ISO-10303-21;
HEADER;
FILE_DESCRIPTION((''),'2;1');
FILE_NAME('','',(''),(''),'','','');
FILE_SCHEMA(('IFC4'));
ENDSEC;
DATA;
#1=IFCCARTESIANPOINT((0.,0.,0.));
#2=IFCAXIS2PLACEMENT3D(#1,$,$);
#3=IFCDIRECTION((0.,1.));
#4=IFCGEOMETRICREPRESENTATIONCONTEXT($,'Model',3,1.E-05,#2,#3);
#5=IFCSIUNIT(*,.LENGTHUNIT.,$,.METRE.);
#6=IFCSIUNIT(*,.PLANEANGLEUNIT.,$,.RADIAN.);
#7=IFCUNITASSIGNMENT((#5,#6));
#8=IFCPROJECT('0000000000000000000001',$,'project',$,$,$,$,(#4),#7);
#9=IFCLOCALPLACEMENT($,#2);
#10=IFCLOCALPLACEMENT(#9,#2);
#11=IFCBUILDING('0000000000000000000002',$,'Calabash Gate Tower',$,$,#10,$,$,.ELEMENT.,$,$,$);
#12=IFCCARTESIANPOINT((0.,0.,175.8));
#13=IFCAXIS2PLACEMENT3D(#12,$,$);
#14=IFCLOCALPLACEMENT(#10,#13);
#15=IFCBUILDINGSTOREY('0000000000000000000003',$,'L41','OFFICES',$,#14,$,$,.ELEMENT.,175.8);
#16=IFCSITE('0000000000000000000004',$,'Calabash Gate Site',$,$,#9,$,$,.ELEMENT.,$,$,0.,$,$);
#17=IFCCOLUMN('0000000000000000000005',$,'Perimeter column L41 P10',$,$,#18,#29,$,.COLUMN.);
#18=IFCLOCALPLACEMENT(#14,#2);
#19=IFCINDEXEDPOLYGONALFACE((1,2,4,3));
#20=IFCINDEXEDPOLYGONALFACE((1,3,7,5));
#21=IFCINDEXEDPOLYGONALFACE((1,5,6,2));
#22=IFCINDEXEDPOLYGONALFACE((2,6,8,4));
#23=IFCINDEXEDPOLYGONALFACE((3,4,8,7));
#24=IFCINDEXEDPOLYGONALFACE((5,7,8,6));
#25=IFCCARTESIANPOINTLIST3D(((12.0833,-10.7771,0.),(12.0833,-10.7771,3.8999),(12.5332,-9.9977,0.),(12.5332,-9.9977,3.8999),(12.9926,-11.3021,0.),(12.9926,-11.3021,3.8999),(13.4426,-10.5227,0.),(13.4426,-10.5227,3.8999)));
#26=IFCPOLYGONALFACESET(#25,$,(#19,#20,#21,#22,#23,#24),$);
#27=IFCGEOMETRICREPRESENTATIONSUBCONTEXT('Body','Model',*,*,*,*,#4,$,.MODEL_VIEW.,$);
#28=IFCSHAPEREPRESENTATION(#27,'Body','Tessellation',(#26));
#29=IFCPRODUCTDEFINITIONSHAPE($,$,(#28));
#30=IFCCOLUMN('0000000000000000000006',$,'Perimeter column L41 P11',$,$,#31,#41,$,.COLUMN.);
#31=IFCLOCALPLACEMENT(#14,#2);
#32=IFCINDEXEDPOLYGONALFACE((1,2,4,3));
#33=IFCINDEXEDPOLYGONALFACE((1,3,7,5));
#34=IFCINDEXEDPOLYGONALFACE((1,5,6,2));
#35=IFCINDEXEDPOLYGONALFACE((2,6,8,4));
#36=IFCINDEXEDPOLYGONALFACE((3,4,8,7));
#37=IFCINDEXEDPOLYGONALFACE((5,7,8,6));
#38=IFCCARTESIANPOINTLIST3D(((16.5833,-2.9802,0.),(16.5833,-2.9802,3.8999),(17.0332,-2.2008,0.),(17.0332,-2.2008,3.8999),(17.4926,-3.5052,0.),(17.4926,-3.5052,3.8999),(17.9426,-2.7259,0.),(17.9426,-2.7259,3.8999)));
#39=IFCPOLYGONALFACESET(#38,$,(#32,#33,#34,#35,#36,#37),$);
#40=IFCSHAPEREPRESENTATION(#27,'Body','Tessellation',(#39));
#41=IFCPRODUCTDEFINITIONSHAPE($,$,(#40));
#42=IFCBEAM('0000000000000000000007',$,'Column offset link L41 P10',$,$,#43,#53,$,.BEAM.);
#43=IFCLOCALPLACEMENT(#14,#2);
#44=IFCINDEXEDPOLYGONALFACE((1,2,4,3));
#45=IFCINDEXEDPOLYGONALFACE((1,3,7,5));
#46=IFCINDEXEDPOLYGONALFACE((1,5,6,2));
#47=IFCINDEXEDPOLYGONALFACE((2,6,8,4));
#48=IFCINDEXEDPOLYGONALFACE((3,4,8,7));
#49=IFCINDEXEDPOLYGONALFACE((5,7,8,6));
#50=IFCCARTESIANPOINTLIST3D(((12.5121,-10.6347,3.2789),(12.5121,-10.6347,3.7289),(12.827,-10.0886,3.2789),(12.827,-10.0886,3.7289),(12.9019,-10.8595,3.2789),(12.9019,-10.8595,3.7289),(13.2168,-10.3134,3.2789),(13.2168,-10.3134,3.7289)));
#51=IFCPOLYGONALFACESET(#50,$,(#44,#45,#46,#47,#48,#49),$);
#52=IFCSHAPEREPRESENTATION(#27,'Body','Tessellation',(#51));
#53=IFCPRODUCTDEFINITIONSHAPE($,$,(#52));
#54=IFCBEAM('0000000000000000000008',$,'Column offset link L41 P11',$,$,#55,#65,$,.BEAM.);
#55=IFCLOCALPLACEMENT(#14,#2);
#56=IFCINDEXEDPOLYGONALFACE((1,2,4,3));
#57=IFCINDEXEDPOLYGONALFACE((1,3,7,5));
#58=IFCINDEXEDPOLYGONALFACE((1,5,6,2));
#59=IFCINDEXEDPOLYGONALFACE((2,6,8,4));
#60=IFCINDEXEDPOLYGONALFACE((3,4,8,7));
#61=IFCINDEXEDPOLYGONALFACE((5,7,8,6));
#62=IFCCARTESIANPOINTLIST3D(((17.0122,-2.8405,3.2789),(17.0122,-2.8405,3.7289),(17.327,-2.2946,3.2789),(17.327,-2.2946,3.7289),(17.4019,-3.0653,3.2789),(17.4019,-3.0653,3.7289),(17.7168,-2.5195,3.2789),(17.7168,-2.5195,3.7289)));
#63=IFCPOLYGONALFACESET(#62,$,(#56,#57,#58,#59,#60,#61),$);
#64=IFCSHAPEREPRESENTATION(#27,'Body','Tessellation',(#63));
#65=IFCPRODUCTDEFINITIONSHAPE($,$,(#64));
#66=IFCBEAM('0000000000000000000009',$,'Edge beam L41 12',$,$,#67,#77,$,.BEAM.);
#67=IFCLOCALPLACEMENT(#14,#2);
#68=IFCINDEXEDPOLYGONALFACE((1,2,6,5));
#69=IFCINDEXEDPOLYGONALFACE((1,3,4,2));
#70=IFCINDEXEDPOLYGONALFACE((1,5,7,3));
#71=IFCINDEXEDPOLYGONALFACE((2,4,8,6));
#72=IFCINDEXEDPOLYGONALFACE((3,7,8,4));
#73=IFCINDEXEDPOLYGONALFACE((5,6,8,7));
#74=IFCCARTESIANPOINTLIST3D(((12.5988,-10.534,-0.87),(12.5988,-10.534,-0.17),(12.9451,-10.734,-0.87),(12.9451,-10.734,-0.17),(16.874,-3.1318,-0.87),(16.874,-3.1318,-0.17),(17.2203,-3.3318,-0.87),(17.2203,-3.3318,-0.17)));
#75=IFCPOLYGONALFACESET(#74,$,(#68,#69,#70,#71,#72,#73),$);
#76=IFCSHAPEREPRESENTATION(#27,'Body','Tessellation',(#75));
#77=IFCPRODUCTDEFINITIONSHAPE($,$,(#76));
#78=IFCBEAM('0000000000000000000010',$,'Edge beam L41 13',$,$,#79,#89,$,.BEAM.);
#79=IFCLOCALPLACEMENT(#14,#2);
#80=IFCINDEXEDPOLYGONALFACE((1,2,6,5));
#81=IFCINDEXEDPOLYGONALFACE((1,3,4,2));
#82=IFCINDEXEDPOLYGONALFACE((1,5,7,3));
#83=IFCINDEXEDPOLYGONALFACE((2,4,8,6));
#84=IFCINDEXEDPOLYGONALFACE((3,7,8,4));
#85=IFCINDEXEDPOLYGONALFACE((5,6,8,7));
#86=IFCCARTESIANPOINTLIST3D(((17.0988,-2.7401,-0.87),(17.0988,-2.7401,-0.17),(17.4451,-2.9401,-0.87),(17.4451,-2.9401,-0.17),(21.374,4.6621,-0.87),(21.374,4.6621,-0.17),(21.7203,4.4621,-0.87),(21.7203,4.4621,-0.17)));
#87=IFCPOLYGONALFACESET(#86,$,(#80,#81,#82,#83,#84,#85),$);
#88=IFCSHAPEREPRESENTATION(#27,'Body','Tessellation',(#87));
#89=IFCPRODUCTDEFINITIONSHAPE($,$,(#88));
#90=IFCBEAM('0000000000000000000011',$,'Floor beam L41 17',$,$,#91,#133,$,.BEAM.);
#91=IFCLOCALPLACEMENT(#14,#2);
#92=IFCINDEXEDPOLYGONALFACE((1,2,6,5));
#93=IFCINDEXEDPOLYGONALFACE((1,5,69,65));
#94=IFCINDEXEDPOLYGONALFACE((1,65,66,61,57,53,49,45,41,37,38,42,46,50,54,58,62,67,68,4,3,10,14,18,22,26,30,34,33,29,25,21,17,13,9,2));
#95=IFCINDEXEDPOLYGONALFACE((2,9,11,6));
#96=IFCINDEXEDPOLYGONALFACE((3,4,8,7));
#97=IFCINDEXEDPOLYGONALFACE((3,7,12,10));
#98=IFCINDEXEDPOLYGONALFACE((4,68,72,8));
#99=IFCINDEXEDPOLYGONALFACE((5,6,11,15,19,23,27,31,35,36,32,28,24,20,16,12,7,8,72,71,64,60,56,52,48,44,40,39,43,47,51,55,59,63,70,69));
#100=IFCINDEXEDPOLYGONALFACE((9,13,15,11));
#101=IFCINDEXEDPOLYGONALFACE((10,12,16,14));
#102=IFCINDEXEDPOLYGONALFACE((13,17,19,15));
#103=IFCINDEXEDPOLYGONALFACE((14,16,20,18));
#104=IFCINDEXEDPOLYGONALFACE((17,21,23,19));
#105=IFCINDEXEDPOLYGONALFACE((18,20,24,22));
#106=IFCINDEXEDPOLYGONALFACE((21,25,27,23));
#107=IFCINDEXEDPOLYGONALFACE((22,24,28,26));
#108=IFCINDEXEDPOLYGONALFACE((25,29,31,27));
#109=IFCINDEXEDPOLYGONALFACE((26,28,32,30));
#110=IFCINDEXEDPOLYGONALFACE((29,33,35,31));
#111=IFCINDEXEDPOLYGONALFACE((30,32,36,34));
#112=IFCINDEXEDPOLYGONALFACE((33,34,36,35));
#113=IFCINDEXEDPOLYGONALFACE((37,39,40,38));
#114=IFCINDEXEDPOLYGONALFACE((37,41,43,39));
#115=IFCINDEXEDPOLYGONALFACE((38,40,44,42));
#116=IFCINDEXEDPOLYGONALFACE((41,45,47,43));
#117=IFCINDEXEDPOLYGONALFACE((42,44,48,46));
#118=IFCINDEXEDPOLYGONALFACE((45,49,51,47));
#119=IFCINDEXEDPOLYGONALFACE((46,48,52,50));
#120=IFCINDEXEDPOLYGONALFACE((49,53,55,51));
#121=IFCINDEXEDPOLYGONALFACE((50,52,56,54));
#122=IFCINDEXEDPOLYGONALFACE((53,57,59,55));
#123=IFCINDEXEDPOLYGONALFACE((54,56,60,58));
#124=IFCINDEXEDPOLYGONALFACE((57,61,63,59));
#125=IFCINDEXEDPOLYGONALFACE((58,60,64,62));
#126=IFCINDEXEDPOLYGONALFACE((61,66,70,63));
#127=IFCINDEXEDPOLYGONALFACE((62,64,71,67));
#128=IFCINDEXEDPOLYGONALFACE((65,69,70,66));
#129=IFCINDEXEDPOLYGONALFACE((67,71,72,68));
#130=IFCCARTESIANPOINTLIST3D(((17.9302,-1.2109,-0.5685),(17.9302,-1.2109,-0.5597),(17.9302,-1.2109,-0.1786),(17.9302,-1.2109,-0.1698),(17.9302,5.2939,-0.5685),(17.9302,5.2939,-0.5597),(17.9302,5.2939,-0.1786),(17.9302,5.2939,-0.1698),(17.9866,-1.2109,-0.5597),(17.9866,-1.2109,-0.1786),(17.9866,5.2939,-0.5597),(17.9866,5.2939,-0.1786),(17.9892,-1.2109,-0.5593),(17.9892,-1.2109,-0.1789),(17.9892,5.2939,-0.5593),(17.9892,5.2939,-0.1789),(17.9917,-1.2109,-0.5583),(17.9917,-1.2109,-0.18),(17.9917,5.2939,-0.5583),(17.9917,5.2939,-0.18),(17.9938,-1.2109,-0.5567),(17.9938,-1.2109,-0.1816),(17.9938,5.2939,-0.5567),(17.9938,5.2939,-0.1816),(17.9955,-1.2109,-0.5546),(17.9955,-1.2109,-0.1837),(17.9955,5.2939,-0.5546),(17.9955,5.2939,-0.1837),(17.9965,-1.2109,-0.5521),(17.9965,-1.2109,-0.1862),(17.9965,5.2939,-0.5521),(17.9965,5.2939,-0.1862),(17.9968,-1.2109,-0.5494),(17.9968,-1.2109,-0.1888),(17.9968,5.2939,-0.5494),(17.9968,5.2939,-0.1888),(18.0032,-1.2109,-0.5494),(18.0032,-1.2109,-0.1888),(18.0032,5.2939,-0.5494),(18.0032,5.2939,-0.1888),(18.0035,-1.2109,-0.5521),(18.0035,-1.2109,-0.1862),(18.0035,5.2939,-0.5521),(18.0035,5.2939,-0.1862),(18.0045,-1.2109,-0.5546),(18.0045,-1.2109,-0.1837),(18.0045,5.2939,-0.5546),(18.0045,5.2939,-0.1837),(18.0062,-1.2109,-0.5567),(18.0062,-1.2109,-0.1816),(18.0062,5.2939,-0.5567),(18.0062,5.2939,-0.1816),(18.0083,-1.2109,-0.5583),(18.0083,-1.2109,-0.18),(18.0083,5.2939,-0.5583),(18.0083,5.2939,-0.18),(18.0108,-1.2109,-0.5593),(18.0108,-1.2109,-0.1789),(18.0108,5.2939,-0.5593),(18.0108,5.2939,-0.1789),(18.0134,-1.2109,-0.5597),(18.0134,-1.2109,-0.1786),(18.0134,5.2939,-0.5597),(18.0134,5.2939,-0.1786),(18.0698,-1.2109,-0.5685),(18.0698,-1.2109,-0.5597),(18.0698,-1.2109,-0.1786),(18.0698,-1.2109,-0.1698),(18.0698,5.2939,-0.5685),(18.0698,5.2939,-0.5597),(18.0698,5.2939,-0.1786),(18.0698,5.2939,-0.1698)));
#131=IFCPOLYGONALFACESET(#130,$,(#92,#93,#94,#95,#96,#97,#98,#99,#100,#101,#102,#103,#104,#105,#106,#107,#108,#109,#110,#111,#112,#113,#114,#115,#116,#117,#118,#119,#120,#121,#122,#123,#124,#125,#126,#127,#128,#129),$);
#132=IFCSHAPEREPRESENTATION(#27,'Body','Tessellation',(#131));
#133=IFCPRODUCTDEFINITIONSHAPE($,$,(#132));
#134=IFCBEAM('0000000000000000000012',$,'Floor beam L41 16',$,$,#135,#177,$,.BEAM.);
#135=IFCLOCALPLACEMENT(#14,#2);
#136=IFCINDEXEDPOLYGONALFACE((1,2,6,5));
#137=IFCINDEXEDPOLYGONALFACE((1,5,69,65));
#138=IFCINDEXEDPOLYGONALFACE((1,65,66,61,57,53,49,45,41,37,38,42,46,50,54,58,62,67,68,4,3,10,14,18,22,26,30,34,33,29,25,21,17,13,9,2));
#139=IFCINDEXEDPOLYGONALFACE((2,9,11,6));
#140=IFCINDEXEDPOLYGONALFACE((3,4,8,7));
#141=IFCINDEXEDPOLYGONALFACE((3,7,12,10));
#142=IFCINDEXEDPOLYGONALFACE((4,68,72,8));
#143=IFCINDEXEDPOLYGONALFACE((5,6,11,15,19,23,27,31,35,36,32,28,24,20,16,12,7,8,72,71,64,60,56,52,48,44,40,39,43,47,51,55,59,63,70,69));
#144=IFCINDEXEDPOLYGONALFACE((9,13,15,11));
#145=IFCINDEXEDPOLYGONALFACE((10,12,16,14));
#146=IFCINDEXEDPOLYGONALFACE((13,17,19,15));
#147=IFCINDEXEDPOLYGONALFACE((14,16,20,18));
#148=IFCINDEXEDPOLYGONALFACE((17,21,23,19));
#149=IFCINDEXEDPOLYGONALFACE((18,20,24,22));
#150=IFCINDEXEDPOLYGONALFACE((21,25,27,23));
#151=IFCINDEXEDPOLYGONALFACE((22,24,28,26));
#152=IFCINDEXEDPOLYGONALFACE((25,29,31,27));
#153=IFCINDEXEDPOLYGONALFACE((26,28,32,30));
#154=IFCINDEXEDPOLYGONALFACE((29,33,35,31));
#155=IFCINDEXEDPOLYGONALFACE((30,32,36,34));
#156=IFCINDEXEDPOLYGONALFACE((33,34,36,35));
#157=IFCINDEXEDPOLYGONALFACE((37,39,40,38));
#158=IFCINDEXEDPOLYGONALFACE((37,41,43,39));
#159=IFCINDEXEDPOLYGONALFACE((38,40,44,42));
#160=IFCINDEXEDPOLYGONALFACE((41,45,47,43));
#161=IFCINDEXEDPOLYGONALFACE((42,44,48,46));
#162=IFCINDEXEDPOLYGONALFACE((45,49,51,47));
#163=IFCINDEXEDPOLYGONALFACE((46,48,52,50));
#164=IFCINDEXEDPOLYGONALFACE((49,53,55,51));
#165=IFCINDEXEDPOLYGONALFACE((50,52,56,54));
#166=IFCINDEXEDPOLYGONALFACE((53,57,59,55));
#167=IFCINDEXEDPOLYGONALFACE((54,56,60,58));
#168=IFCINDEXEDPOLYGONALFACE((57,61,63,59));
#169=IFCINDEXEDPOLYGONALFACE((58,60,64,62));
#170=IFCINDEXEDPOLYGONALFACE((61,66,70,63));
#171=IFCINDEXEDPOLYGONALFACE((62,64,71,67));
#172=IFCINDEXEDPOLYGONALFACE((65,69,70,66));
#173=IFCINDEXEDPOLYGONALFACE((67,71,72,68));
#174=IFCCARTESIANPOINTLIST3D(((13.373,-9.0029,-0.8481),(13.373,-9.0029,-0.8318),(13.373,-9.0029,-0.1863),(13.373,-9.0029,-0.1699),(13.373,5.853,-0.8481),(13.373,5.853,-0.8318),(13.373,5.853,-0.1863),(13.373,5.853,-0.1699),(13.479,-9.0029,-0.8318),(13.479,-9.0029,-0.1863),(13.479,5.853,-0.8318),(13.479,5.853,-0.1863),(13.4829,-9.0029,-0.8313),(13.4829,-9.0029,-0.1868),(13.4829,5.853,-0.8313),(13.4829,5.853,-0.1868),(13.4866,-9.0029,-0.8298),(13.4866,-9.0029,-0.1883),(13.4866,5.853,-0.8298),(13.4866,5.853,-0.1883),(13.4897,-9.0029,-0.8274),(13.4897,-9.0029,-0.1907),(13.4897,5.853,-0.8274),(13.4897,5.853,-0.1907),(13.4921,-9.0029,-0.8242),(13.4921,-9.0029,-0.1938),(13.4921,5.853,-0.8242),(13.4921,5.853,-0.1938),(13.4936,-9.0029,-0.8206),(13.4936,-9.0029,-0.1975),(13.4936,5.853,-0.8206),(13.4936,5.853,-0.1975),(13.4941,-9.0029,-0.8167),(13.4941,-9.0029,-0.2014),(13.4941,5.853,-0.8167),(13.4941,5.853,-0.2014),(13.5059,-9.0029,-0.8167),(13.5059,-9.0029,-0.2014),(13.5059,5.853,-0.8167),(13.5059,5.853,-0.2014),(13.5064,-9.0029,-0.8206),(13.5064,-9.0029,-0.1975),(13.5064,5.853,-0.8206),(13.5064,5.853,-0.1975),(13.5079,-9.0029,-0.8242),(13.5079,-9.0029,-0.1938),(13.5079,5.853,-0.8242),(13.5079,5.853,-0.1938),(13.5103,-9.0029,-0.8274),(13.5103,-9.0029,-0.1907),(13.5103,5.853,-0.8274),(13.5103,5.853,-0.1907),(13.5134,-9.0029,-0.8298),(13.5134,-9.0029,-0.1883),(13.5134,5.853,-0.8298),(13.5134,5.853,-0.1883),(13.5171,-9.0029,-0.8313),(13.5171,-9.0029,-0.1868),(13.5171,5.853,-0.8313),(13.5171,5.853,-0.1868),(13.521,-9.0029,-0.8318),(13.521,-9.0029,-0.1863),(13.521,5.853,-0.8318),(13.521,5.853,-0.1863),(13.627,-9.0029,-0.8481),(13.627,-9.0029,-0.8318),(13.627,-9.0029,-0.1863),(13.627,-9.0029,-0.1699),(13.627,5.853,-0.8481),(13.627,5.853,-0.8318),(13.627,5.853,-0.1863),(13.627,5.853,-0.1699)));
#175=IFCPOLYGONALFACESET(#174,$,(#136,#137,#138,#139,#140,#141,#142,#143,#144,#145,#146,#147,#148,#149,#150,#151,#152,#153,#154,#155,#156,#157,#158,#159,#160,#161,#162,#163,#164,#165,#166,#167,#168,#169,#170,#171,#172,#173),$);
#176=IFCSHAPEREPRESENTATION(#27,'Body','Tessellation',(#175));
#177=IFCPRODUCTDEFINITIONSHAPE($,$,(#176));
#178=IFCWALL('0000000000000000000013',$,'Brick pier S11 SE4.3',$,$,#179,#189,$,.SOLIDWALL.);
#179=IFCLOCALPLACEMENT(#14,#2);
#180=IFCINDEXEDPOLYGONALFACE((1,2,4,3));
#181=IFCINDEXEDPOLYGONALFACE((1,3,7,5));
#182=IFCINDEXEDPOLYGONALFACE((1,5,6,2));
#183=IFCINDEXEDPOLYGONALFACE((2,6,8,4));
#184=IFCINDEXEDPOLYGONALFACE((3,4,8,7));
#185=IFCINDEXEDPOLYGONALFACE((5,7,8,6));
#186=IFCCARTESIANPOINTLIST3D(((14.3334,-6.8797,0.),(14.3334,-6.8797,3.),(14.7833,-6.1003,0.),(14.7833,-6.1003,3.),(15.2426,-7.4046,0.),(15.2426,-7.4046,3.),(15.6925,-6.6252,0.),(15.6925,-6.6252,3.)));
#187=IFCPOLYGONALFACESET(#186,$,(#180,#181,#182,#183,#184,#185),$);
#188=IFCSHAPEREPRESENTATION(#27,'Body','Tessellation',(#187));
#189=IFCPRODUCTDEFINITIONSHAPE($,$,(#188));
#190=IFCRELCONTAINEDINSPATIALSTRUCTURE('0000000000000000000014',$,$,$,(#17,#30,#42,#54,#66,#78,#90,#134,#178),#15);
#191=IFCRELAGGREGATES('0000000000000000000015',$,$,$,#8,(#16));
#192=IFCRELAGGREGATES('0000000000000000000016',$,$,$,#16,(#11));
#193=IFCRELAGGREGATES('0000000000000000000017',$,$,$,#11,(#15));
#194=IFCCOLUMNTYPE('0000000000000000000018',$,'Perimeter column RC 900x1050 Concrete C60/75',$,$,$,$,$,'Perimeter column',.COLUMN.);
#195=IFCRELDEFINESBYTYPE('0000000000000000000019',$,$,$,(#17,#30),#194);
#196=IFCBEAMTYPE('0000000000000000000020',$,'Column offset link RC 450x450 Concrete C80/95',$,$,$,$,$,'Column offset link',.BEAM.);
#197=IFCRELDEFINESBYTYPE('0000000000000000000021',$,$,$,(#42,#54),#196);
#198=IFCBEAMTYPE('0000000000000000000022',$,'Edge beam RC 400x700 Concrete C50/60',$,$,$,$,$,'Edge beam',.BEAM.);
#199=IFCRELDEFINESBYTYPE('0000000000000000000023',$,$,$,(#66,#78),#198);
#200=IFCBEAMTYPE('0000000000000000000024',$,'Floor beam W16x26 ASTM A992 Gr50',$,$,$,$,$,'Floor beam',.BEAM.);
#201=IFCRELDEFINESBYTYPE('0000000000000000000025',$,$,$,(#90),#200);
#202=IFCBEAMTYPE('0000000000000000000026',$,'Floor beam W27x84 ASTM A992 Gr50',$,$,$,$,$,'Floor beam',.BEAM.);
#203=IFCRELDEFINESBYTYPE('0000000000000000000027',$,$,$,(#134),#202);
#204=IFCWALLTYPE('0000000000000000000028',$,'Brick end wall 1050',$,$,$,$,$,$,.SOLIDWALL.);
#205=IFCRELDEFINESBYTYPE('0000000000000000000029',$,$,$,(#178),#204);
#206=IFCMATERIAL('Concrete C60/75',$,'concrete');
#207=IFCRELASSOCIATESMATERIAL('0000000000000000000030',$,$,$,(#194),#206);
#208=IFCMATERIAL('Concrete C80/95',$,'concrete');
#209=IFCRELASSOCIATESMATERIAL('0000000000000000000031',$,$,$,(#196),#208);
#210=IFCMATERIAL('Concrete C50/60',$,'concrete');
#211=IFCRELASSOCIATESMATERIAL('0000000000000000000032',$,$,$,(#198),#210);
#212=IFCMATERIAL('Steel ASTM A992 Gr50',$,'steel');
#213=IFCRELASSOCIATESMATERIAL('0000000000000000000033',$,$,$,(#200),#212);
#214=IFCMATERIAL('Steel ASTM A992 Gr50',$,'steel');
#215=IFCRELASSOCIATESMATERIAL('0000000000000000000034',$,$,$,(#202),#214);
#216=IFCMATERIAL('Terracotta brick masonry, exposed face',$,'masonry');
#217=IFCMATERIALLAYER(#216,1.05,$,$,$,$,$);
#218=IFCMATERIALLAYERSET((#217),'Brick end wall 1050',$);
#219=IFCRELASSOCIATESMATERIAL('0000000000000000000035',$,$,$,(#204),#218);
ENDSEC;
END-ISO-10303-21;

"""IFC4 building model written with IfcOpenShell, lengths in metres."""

from ifc_helpers import new_model, si_unit, direction, frame, frame_2d, origin, origin_2d, place, context, subcontext, project, spatial, rectangle, i_section, extrude, material, layer, layer_set, material_profile, profile_set, type_object, element, save


model = new_model("IFC4")

# Units and contexts
model_context = context("Model", 3, precision=1e-05, world=origin(), true_north=direction((0.0, 1.0)))
body_context = subcontext(model_context, "Body", "Model", "MODEL_VIEW")
ifc_project = project(units=[si_unit("LENGTHUNIT", "METRE"), si_unit("PLANEANGLEUNIT", "RADIAN")], contexts=[model_context])

# Site, building, storey
site_placement = place(None, origin())
site = spatial("IfcSite", under=ifc_project, at=site_placement, Name="Calabash Gate Site", CompositionType="ELEMENT", RefElevation=0.0)
building_placement = place(site_placement, origin())
building = spatial("IfcBuilding", under=site, at=building_placement, Name="Calabash Gate Tower", CompositionType="ELEMENT")
storey_placement = place(building_placement, frame((0.0, 0.0, 175.8)))
storey = spatial("IfcBuildingStorey", under=building, at=storey_placement, Name="L41", Description="OFFICES", CompositionType="ELEMENT", Elevation=175.8)

# Columns
ifc_material_1 = material(Name="Concrete C60/75", Category="concrete")
ifc_material_profile_1 = material_profile(ifc_material_1, rectangle(XDim=0.8999, YDim=1.05, at=origin_2d()))
ifc_profile_set_1 = profile_set([ifc_material_profile_1], Name="Concrete C60/75")
column_type = type_object("IfcColumnType", Name="Perimeter column RC 900x1050 Concrete C60/75", ElementType="Perimeter column", PredefinedType="COLUMN", material=ifc_profile_set_1)
for number, where, z_axis, x_axis, name in (
    (1, (12.7629, -10.6499, 0.0), (0.0, 0.0, 1.0), (0.5, 0.866025, 0.0), "Perimeter column L41 P10"),
    (2, (17.2629, -2.853, 0.0), (0.0, 0.0, 1.0), (0.5, 0.866025, 0.0), "Perimeter column L41 P11"),
):
    element("IfcColumn", number, at=place(storey_placement, frame(where, z_axis=z_axis, x_axis=x_axis)), inside=storey, type_object=column_type, Name=name, PredefinedType="COLUMN", context=body_context, shape_type="SweptSolid", body=[
        extrude(rectangle(XDim=0.8999, YDim=1.05, at=origin_2d()), origin(), (0.0, 0.0, 1.0), 3.8999),
    ])

# Beams
ifc_material_2 = material(Name="Concrete C80/95", Category="concrete")
ifc_material_profile_2 = material_profile(ifc_material_2, rectangle(XDim=0.45, YDim=0.45, at=origin_2d()))
ifc_profile_set_2 = profile_set([ifc_material_profile_2], Name="Concrete C80/95")
beam_type_1 = type_object("IfcBeamType", Name="Column offset link RC 450x450 Concrete C80/95", ElementType="Column offset link", PredefinedType="BEAM", material=ifc_profile_set_2)
beam_1_placement = place(storey_placement, frame((12.707, -10.7471, 3.5039), z_axis=(0.499555, 0.866282, 0.0), x_axis=(-0.866282, 0.499555, 0.0)))
element("IfcBeam", 3, at=beam_1_placement, inside=storey, type_object=beam_type_1, Name="Column offset link L41 P10", PredefinedType="BEAM", context=body_context, shape_type="SweptSolid", body=[
    extrude(rectangle(XDim=0.45, YDim=0.45, at=origin_2d()), origin(), (0.0, 0.0, 1.0), 0.6304),
])
beam_2_placement = place(storey_placement, frame((17.207, -2.9529, 3.5039), z_axis=(0.499722, 0.866186, 0.0), x_axis=(-0.866186, 0.499722, 0.0)))
element("IfcBeam", 4, at=beam_2_placement, inside=storey, type_object=beam_type_1, Name="Column offset link L41 P11", PredefinedType="BEAM", context=body_context, shape_type="SweptSolid", body=[
    extrude(rectangle(XDim=0.45, YDim=0.45, at=origin_2d()), origin(), (0.0, 0.0, 1.0), 0.6301),
])
ifc_material_3 = material(Name="Concrete C50/60", Category="concrete")
ifc_material_profile_3 = material_profile(ifc_material_3, rectangle(XDim=0.3999, YDim=0.7, at=origin_2d()))
ifc_profile_set_3 = profile_set([ifc_material_profile_3], Name="Concrete C50/60")
beam_type_2 = type_object("IfcBeamType", Name="Edge beam RC 400x700 Concrete C50/60", ElementType="Edge beam", PredefinedType="BEAM", material=ifc_profile_set_3)
for number, where, z_axis, x_axis, name in (
    (5, (12.772, -10.634, -0.52), (0.500135, 0.865947, 0.0), (-0.865947, 0.500135, 0.0), "Edge beam L41 12"),
    (6, (17.272, -2.8401, -0.52), (0.500135, 0.865947, 0.0), (-0.865947, 0.500135, 0.0), "Edge beam L41 13"),
):
    element("IfcBeam", number, at=place(storey_placement, frame(where, z_axis=z_axis, x_axis=x_axis)), inside=storey, type_object=beam_type_2, Name=name, PredefinedType="BEAM", context=body_context, shape_type="SweptSolid", body=[
        extrude(rectangle(XDim=0.3999, YDim=0.7, at=origin_2d()), origin(), (0.0, 0.0, 1.0), 8.5481),
    ])
ifc_material_4 = material(Name="Steel ASTM A992 Gr50", Category="steel")
ifc_material_profile_4 = material_profile(ifc_material_4, i_section(OverallWidth=0.1396, OverallDepth=0.3987, WebThickness=0.0063, FlangeThickness=0.0088, FilletRadius=0.0103, at=origin_2d()))
ifc_profile_set_4 = profile_set([ifc_material_profile_4], Name="Steel ASTM A992 Gr50")
beam_type_3 = type_object("IfcBeamType", Name="Floor beam W16x26 ASTM A992 Gr50", ElementType="Floor beam", PredefinedType="BEAM", material=ifc_profile_set_4)
beam_3_placement = place(storey_placement, frame((18.0, -1.2109, -0.3691), z_axis=(0.0, 1.0, 0.0), x_axis=(-1.0, 0.0, 0.0)))
element("IfcBeam", 7, at=beam_3_placement, inside=storey, type_object=beam_type_3, Name="Floor beam L41 17", PredefinedType="BEAM", context=body_context, shape_type="SweptSolid", body=[
    extrude(i_section(OverallWidth=0.1396, OverallDepth=0.3987, WebThickness=0.0063, FlangeThickness=0.0088, FilletRadius=0.0103, at=origin_2d()), origin(), (0.0, 0.0, 1.0), 6.5049),
])
ifc_material_5 = material(Name="Steel ASTM A992 Gr50", Category="steel")
ifc_material_profile_5 = material_profile(ifc_material_5, i_section(OverallWidth=0.2539, OverallDepth=0.6782, WebThickness=0.0117, FlangeThickness=0.0164, FilletRadius=0.0151, at=origin_2d()))
ifc_profile_set_5 = profile_set([ifc_material_profile_5], Name="Steel ASTM A992 Gr50")
beam_type_4 = type_object("IfcBeamType", Name="Floor beam W27x84 ASTM A992 Gr50", ElementType="Floor beam", PredefinedType="BEAM", material=ifc_profile_set_5)
beam_4_placement = place(storey_placement, frame((13.5, -9.0029, -0.509), z_axis=(0.0, 1.0, 0.0), x_axis=(-1.0, 0.0, 0.0)))
element("IfcBeam", 8, at=beam_4_placement, inside=storey, type_object=beam_type_4, Name="Floor beam L41 16", PredefinedType="BEAM", context=body_context, shape_type="SweptSolid", body=[
    extrude(i_section(OverallWidth=0.2539, OverallDepth=0.6782, WebThickness=0.0117, FlangeThickness=0.0164, FilletRadius=0.0151, at=origin_2d()), origin(), (0.0, 0.0, 1.0), 14.856),
])

# Wall
ifc_material_6 = material(Name="Terracotta brick masonry, exposed face", Category="masonry")
ifc_layer_1 = layer(ifc_material_6, 1.05)
ifc_layer_set_1 = layer_set([ifc_layer_1], Name="Brick end wall 1050")
wall_type_1 = type_object("IfcWallType", Name="Brick end wall 1050", PredefinedType="SOLIDWALL", material=ifc_layer_set_1)
for number, where, z_axis, x_axis, name in (
    (9, (15.4675, -7.0149, 0.0), (0.0, 0.0, 1.0), (-0.866031, 0.499991, 0.0), "Brick pier S11 SE4.3"),
):
    element("IfcWall", number, at=place(storey_placement, frame(where, z_axis=z_axis, x_axis=x_axis)), inside=storey, type_object=wall_type_1, Name=name, PredefinedType="SOLIDWALL", context=body_context, shape_type="SweptSolid", body=[
        extrude(rectangle(XDim=1.0498, YDim=0.8999, at=frame_2d((0.5249, 0.0))), origin(), (0.0, 0.0, 1.0), 3.0),
    ])

save(model, "model.ifc")
